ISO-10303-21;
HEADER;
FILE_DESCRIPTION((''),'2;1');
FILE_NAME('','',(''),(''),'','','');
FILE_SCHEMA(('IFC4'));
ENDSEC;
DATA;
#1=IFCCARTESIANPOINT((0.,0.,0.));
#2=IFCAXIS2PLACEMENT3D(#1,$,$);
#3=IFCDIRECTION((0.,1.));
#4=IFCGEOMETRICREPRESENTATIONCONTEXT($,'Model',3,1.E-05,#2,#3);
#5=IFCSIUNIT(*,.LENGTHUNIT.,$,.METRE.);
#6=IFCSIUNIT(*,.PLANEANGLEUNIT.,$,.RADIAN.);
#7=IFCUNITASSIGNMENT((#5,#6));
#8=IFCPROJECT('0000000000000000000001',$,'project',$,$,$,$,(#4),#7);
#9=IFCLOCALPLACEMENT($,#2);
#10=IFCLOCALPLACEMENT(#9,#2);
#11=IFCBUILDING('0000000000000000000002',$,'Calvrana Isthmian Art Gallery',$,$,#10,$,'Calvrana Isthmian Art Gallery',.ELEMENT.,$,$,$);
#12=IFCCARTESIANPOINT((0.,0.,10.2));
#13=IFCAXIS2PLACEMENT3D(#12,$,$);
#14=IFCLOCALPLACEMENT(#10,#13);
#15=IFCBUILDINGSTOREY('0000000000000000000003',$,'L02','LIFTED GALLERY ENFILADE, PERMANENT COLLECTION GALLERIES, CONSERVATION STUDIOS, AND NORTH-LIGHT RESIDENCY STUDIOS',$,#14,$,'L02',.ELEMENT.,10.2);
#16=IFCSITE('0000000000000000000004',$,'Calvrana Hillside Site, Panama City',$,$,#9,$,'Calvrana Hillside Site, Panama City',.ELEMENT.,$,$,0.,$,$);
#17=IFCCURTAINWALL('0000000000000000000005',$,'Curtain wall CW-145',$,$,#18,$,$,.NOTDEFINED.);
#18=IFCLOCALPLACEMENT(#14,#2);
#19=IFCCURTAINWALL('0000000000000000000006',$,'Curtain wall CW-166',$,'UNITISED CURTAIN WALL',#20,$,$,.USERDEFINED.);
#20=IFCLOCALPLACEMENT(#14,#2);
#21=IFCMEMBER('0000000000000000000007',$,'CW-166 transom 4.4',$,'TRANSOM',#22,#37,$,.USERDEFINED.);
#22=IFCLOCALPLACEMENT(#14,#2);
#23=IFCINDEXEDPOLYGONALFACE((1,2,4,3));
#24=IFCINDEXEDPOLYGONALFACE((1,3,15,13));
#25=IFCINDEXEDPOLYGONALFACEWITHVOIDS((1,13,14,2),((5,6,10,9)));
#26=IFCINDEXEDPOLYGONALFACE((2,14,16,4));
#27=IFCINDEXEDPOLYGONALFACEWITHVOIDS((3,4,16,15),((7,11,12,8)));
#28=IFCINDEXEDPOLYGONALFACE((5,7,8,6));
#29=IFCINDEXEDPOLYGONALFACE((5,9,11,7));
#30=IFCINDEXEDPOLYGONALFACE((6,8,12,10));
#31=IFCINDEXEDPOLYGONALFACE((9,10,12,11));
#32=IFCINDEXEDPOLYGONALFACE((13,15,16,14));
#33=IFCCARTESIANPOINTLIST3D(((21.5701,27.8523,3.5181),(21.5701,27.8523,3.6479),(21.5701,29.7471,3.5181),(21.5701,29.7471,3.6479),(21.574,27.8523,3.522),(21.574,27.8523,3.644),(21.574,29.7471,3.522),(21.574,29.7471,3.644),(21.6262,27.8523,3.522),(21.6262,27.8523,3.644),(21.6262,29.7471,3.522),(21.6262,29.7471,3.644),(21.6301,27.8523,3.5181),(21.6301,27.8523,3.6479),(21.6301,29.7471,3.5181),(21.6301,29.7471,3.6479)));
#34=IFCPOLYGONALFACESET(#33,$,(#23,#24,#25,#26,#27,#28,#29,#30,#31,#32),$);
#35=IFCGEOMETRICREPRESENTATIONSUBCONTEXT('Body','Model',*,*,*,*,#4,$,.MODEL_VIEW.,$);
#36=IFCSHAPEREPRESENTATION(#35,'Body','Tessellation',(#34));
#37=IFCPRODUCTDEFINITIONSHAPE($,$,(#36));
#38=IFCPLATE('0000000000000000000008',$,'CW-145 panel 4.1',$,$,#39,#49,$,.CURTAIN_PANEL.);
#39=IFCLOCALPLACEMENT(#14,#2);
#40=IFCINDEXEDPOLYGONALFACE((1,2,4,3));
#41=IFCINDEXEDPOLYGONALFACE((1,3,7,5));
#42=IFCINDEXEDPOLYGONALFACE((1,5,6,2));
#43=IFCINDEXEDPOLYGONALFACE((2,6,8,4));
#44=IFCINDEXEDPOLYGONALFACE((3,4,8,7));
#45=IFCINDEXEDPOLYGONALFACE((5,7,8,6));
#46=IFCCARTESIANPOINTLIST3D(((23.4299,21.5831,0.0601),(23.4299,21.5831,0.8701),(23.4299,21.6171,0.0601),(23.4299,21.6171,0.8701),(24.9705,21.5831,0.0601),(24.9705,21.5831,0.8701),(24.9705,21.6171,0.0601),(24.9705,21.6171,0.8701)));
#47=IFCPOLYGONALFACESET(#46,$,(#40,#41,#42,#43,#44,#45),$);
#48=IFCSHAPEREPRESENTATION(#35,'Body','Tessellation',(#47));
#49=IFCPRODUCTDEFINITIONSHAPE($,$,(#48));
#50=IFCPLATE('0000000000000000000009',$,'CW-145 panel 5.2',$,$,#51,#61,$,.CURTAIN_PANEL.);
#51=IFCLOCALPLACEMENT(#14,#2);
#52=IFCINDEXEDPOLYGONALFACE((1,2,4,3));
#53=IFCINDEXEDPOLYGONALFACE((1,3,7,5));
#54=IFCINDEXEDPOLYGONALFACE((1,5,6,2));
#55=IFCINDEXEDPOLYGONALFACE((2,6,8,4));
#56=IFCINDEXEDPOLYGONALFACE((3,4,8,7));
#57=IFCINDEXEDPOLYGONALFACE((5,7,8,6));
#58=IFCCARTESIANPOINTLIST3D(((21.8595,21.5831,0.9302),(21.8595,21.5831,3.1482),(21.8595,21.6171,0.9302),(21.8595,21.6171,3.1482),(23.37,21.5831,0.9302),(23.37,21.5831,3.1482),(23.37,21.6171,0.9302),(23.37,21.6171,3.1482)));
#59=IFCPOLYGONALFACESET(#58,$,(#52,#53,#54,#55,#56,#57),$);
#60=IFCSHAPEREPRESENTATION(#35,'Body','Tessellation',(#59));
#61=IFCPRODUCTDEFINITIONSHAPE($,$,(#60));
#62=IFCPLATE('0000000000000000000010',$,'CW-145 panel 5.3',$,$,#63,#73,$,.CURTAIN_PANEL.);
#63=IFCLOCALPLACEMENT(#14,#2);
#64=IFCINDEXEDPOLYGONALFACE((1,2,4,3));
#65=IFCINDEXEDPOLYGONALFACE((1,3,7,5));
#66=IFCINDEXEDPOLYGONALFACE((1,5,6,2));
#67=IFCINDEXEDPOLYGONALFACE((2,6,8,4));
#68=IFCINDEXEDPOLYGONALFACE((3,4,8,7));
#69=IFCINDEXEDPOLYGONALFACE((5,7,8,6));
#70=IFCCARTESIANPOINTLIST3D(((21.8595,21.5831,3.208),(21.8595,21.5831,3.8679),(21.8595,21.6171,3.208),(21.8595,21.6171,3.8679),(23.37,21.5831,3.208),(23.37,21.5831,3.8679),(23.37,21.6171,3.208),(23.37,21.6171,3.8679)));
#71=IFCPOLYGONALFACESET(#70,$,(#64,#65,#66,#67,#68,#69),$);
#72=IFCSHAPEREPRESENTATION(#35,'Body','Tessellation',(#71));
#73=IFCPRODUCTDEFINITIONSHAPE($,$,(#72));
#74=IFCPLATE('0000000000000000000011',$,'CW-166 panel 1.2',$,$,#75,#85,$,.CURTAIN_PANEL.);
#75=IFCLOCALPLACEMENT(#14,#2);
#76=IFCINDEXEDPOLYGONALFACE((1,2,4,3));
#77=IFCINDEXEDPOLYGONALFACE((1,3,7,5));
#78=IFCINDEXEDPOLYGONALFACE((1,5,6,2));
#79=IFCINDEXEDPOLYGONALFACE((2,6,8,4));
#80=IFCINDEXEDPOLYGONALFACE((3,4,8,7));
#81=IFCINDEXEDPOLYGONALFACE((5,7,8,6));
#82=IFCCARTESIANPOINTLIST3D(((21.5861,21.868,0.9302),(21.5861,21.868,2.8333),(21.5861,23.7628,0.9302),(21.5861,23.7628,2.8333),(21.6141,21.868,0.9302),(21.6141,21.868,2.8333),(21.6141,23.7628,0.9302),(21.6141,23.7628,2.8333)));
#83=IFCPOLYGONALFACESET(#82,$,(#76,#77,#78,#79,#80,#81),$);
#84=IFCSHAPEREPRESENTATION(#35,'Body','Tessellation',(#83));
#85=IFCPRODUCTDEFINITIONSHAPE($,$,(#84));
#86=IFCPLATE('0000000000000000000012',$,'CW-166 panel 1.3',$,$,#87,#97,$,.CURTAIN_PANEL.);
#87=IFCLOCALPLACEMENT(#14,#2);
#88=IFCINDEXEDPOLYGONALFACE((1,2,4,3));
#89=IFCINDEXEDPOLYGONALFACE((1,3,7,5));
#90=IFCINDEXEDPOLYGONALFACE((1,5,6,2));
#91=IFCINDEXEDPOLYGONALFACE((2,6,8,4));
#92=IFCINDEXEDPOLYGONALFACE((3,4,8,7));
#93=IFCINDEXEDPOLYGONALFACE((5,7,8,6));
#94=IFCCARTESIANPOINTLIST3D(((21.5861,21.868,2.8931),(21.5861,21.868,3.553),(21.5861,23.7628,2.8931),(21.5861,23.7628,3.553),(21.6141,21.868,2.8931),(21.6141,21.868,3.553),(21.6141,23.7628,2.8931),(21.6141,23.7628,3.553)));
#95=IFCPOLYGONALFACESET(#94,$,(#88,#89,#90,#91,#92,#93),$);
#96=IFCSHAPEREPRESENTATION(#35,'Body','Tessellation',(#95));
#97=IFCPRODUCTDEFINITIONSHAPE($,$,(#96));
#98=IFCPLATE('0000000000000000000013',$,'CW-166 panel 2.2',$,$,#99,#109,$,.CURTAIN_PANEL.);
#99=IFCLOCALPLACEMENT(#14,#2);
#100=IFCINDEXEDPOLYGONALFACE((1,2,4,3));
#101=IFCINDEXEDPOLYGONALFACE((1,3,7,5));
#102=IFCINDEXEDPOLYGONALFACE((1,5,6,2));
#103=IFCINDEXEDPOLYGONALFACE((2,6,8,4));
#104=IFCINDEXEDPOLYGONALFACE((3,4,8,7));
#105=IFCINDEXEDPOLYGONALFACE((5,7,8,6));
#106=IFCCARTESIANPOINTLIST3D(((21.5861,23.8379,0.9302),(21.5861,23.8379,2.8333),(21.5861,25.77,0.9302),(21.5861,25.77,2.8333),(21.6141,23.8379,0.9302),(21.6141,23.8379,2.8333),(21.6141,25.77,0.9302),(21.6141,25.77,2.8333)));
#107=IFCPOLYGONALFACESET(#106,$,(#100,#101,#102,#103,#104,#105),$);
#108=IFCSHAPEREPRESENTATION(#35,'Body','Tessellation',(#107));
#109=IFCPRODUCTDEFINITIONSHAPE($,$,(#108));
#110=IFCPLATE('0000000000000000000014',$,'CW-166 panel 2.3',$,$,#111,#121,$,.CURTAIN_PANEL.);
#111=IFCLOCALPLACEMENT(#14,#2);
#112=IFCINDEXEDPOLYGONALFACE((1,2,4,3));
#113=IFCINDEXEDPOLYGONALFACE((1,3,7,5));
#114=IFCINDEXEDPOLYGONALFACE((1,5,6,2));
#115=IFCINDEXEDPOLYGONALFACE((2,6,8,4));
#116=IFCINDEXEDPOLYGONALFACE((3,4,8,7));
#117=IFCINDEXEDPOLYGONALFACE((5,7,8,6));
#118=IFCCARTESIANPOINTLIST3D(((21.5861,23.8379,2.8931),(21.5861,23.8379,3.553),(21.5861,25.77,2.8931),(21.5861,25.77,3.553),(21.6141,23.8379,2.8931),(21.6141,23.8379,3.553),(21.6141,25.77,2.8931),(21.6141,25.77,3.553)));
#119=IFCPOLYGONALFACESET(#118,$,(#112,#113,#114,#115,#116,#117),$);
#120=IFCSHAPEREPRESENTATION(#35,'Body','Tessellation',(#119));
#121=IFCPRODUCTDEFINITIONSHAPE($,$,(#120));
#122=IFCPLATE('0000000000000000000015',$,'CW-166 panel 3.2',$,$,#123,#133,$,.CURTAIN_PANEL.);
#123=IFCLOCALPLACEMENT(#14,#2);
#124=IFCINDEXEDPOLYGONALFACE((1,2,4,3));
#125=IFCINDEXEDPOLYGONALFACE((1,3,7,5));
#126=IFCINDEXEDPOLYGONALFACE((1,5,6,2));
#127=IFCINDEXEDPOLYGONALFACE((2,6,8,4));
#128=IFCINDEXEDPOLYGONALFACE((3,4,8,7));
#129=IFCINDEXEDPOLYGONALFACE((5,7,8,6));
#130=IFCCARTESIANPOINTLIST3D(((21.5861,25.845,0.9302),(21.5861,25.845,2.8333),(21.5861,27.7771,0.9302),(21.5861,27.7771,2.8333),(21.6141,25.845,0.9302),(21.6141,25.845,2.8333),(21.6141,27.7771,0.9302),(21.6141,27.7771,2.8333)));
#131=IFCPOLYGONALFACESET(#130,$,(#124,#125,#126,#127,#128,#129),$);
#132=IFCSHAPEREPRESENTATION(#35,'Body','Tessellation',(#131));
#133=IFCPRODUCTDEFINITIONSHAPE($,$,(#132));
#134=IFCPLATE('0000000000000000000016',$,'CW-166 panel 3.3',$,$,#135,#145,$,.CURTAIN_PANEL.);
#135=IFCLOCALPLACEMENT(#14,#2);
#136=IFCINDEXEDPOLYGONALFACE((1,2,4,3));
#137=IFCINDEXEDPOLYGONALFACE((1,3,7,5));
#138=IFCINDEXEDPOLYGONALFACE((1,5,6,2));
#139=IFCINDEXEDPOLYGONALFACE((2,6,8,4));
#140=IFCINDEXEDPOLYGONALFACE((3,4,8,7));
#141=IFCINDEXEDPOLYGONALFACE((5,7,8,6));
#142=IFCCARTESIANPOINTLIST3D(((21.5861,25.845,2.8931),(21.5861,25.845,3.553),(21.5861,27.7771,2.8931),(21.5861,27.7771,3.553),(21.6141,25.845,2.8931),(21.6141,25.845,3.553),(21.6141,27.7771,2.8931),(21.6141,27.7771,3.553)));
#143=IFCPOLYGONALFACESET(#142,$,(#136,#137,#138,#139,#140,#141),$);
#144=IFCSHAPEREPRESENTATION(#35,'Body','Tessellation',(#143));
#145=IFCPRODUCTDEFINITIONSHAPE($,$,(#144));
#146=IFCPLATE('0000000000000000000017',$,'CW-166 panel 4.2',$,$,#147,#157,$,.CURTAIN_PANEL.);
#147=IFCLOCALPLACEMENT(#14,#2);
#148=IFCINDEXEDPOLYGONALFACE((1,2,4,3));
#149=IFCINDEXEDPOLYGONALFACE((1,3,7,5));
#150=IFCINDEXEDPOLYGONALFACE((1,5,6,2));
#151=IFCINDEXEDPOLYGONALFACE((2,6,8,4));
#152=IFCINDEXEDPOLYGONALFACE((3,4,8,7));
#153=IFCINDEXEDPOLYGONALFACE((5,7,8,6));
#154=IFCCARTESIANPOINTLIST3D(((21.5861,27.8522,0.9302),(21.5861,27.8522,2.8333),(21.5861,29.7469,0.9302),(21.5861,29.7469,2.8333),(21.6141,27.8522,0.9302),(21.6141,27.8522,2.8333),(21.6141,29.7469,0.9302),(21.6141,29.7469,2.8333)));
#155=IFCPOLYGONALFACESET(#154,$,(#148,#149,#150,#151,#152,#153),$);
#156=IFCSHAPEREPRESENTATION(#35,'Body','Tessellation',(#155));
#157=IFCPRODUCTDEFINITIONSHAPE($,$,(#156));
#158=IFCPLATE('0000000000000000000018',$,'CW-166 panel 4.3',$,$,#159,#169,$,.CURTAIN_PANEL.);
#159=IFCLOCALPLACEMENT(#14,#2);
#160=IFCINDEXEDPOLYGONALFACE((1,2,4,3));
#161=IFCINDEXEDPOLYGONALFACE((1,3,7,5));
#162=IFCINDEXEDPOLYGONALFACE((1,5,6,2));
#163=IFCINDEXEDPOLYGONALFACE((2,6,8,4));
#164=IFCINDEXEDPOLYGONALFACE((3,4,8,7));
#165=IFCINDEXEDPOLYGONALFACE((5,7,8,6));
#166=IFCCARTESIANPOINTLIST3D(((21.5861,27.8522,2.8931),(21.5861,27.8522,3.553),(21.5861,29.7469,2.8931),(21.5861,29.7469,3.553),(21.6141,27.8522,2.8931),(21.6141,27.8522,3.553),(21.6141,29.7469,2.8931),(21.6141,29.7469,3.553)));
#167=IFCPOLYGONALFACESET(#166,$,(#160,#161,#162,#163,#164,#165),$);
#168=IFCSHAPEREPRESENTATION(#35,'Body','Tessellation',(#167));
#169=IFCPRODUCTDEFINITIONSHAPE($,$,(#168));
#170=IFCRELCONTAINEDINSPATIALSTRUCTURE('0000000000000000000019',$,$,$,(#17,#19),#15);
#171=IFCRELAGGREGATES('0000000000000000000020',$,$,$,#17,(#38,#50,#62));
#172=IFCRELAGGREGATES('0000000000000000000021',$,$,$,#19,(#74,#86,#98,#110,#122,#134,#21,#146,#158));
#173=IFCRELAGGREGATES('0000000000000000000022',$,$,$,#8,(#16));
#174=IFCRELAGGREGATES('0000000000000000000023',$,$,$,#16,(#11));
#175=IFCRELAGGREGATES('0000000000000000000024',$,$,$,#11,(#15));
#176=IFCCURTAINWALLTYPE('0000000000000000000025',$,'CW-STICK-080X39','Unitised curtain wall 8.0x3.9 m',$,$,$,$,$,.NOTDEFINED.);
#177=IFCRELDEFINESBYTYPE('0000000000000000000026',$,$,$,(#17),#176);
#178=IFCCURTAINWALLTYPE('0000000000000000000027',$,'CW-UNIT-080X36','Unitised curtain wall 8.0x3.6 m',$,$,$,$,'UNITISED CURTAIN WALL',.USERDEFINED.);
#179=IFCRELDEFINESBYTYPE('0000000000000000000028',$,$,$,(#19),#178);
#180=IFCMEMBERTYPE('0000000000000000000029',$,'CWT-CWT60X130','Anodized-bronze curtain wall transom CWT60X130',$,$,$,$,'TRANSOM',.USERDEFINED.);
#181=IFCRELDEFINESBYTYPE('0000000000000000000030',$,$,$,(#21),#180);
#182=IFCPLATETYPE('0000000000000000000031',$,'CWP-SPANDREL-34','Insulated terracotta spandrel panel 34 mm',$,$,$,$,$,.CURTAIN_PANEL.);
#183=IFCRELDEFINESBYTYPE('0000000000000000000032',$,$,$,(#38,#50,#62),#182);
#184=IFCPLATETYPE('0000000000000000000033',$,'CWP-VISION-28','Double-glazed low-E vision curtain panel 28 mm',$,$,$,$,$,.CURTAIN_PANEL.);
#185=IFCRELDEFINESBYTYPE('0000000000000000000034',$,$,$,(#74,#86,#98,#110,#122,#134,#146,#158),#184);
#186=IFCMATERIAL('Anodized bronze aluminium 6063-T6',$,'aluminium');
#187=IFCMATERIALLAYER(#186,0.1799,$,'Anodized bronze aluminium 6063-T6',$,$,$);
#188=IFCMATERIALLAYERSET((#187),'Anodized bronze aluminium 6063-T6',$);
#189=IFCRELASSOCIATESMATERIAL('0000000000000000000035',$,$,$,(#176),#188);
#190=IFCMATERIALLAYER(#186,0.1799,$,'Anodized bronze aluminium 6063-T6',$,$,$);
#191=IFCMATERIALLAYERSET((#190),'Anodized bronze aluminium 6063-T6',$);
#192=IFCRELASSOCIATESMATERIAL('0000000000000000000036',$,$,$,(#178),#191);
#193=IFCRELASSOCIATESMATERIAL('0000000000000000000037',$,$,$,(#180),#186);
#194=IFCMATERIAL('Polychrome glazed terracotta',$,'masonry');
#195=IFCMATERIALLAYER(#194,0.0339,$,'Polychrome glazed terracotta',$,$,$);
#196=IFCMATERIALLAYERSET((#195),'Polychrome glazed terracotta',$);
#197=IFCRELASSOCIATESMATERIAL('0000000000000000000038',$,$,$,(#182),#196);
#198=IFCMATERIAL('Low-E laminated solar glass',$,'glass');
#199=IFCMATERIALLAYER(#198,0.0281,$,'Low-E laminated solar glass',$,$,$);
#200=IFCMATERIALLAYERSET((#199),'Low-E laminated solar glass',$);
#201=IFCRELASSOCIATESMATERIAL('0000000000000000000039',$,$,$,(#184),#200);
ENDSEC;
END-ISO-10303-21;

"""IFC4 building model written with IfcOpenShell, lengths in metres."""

from ifc_helpers import new_model, si_unit, direction, frame, origin, origin_2d, place, context, subcontext, project, spatial, rectangle, hollow_rectangle, extrude, material, layer, layer_set, material_profile, profile_set, type_object, element, aggregate, save


model = new_model("IFC4")

# Units and contexts
model_context = context("Model", 3, precision=1e-05, world=origin(), true_north=direction((0.0, 1.0)))
body_context = subcontext(model_context, "Body", "Model", "MODEL_VIEW")
ifc_project = project(units=[si_unit("LENGTHUNIT", "METRE"), si_unit("PLANEANGLEUNIT", "RADIAN")], contexts=[model_context])

# Site, building, storey
site_placement = place(None, origin())
site = spatial("IfcSite", under=ifc_project, at=site_placement, Name="Calvrana Hillside Site, Panama City", LongName="Calvrana Hillside Site, Panama City", CompositionType="ELEMENT", RefElevation=0.0)
building_placement = place(site_placement, origin())
building = spatial("IfcBuilding", under=site, at=building_placement, Name="Calvrana Isthmian Art Gallery", LongName="Calvrana Isthmian Art Gallery", CompositionType="ELEMENT")
storey_placement = place(building_placement, frame((0.0, 0.0, 10.2)))
storey = spatial("IfcBuildingStorey", under=building, at=storey_placement, Name="L02", Description="LIFTED GALLERY ENFILADE, PERMANENT COLLECTION GALLERIES, CONSERVATION STUDIOS, AND NORTH-LIGHT RESIDENCY STUDIOS", LongName="L02", CompositionType="ELEMENT", Elevation=10.2)

# Curtain walls, member
ifc_material_1 = material(Name="Anodized bronze aluminium 6063-T6", Category="aluminium")
ifc_layer_1 = layer(ifc_material_1, 0.1799, Name="Anodized bronze aluminium 6063-T6")
ifc_layer_set_1 = layer_set([ifc_layer_1], Name="Anodized bronze aluminium 6063-T6")
curtain_wall_type_1 = type_object("IfcCurtainWallType", Name="CW-STICK-080X39", Description="Unitised curtain wall 8.0x3.9 m", PredefinedType="NOTDEFINED", material=ifc_layer_set_1)
curtain_wall_1_placement = place(storey_placement, origin())
curtain_wall_1 = element("IfcCurtainWall", 1, at=curtain_wall_1_placement, inside=storey, type_object=curtain_wall_type_1, Name="Curtain wall CW-145", PredefinedType="NOTDEFINED")
ifc_layer_2 = layer(ifc_material_1, 0.1799, Name="Anodized bronze aluminium 6063-T6")
ifc_layer_set_2 = layer_set([ifc_layer_2], Name="Anodized bronze aluminium 6063-T6")
curtain_wall_type_2 = type_object("IfcCurtainWallType", Name="CW-UNIT-080X36", Description="Unitised curtain wall 8.0x3.6 m", ElementType="UNITISED CURTAIN WALL", PredefinedType="USERDEFINED", material=ifc_layer_set_2)
curtain_wall_2_placement = place(storey_placement, origin())
curtain_wall_2 = element("IfcCurtainWall", 2, at=curtain_wall_2_placement, inside=storey, type_object=curtain_wall_type_2, Name="Curtain wall CW-166", ObjectType="UNITISED CURTAIN WALL", PredefinedType="USERDEFINED")
ifc_material_profile_1 = material_profile(ifc_material_1, hollow_rectangle(XDim=0.0601, YDim=0.1299, WallThickness=0.0039, at=origin_2d()), Name="CWT60X130")
ifc_profile_set_1 = profile_set([ifc_material_profile_1], Name="Anodized bronze aluminium 6063-T6")
member_type_1 = type_object("IfcMemberType", Name="CWT-CWT60X130", Description="Anodized-bronze curtain wall transom CWT60X130", ElementType="TRANSOM", PredefinedType="USERDEFINED", material=ifc_profile_set_1)
member_1_placement = place(storey_placement, frame((21.6001, 27.8523, 3.583), z_axis=(0.0, 1.0, 0.0), x_axis=(-1.0, 0.0, 0.0)))
member_1 = element("IfcMember", 3, at=member_1_placement, type_object=member_type_1, Name="CW-166 transom 4.4", ObjectType="TRANSOM", PredefinedType="USERDEFINED", context=body_context, shape_type="SweptSolid", body=[
    extrude(hollow_rectangle(XDim=0.0601, YDim=0.1299, WallThickness=0.0039, at=origin_2d()), origin(), (0.0, 0.0, 1.0), 1.8948),
])

# Plates
ifc_material_2 = material(Name="Polychrome glazed terracotta", Category="masonry")
ifc_layer_3 = layer(ifc_material_2, 0.0339, Name="Polychrome glazed terracotta")
ifc_layer_set_3 = layer_set([ifc_layer_3], Name="Polychrome glazed terracotta")
plate_type_1 = type_object("IfcPlateType", Name="CWP-SPANDREL-34", Description="Insulated terracotta spandrel panel 34 mm", PredefinedType="CURTAIN_PANEL", material=ifc_layer_set_3)
plate_1_placement = place(storey_placement, frame((24.2002, 21.6001, 0.0601), z_axis=(0.0, 0.0, 1.0), x_axis=(-1.0, 0.0, 0.0)))
plate_1 = element("IfcPlate", 4, at=plate_1_placement, type_object=plate_type_1, Name="CW-145 panel 4.1", PredefinedType="CURTAIN_PANEL", context=body_context, shape_type="SweptSolid", body=[
    extrude(rectangle(XDim=1.5405, YDim=0.0339, at=origin_2d()), origin(), (0.0, 0.0, 1.0), 0.8101),
])
plate_2_placement = place(storey_placement, frame((22.6147, 21.6001, 0.9302), z_axis=(0.0, 0.0, 1.0), x_axis=(-1.0, 0.0, 0.0)))
plate_2 = element("IfcPlate", 5, at=plate_2_placement, type_object=plate_type_1, Name="CW-145 panel 5.2", PredefinedType="CURTAIN_PANEL", context=body_context, shape_type="SweptSolid", body=[
    extrude(rectangle(XDim=1.5105, YDim=0.0339, at=origin_2d()), origin(), (0.0, 0.0, 1.0), 2.218),
])
plate_3_placement = place(storey_placement, frame((22.6147, 21.6001, 3.208), z_axis=(0.0, 0.0, 1.0), x_axis=(-1.0, 0.0, 0.0)))
plate_3 = element("IfcPlate", 6, at=plate_3_placement, type_object=plate_type_1, Name="CW-145 panel 5.3", PredefinedType="CURTAIN_PANEL", context=body_context, shape_type="SweptSolid", body=[
    extrude(rectangle(XDim=1.5105, YDim=0.0339, at=origin_2d()), origin(), (0.0, 0.0, 1.0), 0.6599),
])
aggregate(curtain_wall_1, [plate_1, plate_2, plate_3])
ifc_material_3 = material(Name="Low-E laminated solar glass", Category="glass")
ifc_layer_4 = layer(ifc_material_3, 0.0281, Name="Low-E laminated solar glass")
ifc_layer_set_4 = layer_set([ifc_layer_4], Name="Low-E laminated solar glass")
plate_type_2 = type_object("IfcPlateType", Name="CWP-VISION-28", Description="Double-glazed low-E vision curtain panel 28 mm", PredefinedType="CURTAIN_PANEL", material=ifc_layer_set_4)
plate_4_placement = place(storey_placement, frame((21.6001, 22.8154, 0.9302), z_axis=(0.0, 0.0, 1.0), x_axis=(0.0, 1.0, 0.0)))
plate_4 = element("IfcPlate", 7, at=plate_4_placement, type_object=plate_type_2, Name="CW-166 panel 1.2", PredefinedType="CURTAIN_PANEL", context=body_context, shape_type="SweptSolid", body=[
    extrude(rectangle(XDim=1.8948, YDim=0.0281, at=origin_2d()), origin(), (0.0, 0.0, 1.0), 1.9031),
])
plate_5_placement = place(storey_placement, frame((21.6001, 22.8154, 2.8931), z_axis=(0.0, 0.0, 1.0), x_axis=(0.0, 1.0, 0.0)))
plate_5 = element("IfcPlate", 8, at=plate_5_placement, type_object=plate_type_2, Name="CW-166 panel 1.3", PredefinedType="CURTAIN_PANEL", context=body_context, shape_type="SweptSolid", body=[
    extrude(rectangle(XDim=1.8948, YDim=0.0281, at=origin_2d()), origin(), (0.0, 0.0, 1.0), 0.6599),
])
plate_6_placement = place(storey_placement, frame((21.6001, 24.804, 0.9302), z_axis=(0.0, 0.0, 1.0), x_axis=(0.0, 1.0, 0.0)))
plate_6 = element("IfcPlate", 9, at=plate_6_placement, type_object=plate_type_2, Name="CW-166 panel 2.2", PredefinedType="CURTAIN_PANEL", context=body_context, shape_type="SweptSolid", body=[
    extrude(rectangle(XDim=1.9321, YDim=0.0281, at=origin_2d()), origin(), (0.0, 0.0, 1.0), 1.9031),
])
plate_7_placement = place(storey_placement, frame((21.6001, 24.804, 2.8931), z_axis=(0.0, 0.0, 1.0), x_axis=(0.0, 1.0, 0.0)))
plate_7 = element("IfcPlate", 10, at=plate_7_placement, type_object=plate_type_2, Name="CW-166 panel 2.3", PredefinedType="CURTAIN_PANEL", context=body_context, shape_type="SweptSolid", body=[
    extrude(rectangle(XDim=1.9321, YDim=0.0281, at=origin_2d()), origin(), (0.0, 0.0, 1.0), 0.6599),
])
plate_8_placement = place(storey_placement, frame((21.6001, 26.811, 0.9302), z_axis=(0.0, 0.0, 1.0), x_axis=(0.0, 1.0, 0.0)))
plate_8 = element("IfcPlate", 11, at=plate_8_placement, type_object=plate_type_2, Name="CW-166 panel 3.2", PredefinedType="CURTAIN_PANEL", context=body_context, shape_type="SweptSolid", body=[
    extrude(rectangle(XDim=1.9321, YDim=0.0281, at=origin_2d()), origin(), (0.0, 0.0, 1.0), 1.9031),
])
plate_9_placement = place(storey_placement, frame((21.6001, 26.811, 2.8931), z_axis=(0.0, 0.0, 1.0), x_axis=(0.0, 1.0, 0.0)))
plate_9 = element("IfcPlate", 12, at=plate_9_placement, type_object=plate_type_2, Name="CW-166 panel 3.3", PredefinedType="CURTAIN_PANEL", context=body_context, shape_type="SweptSolid", body=[
    extrude(rectangle(XDim=1.9321, YDim=0.0281, at=origin_2d()), origin(), (0.0, 0.0, 1.0), 0.6599),
])
plate_10_placement = place(storey_placement, frame((21.6001, 28.7996, 0.9302), z_axis=(0.0, 0.0, 1.0), x_axis=(0.0, 1.0, 0.0)))
plate_10 = element("IfcPlate", 13, at=plate_10_placement, type_object=plate_type_2, Name="CW-166 panel 4.2", PredefinedType="CURTAIN_PANEL", context=body_context, shape_type="SweptSolid", body=[
    extrude(rectangle(XDim=1.8948, YDim=0.0281, at=origin_2d()), origin(), (0.0, 0.0, 1.0), 1.9031),
])
plate_11_placement = place(storey_placement, frame((21.6001, 28.7996, 2.8931), z_axis=(0.0, 0.0, 1.0), x_axis=(0.0, 1.0, 0.0)))
plate_11 = element("IfcPlate", 14, at=plate_11_placement, type_object=plate_type_2, Name="CW-166 panel 4.3", PredefinedType="CURTAIN_PANEL", context=body_context, shape_type="SweptSolid", body=[
    extrude(rectangle(XDim=1.8948, YDim=0.0281, at=origin_2d()), origin(), (0.0, 0.0, 1.0), 0.6599),
])
aggregate(curtain_wall_2, [plate_4, plate_5, plate_6, plate_7, plate_8, plate_9, member_1, plate_10, plate_11])

save(model, "model.ifc")
